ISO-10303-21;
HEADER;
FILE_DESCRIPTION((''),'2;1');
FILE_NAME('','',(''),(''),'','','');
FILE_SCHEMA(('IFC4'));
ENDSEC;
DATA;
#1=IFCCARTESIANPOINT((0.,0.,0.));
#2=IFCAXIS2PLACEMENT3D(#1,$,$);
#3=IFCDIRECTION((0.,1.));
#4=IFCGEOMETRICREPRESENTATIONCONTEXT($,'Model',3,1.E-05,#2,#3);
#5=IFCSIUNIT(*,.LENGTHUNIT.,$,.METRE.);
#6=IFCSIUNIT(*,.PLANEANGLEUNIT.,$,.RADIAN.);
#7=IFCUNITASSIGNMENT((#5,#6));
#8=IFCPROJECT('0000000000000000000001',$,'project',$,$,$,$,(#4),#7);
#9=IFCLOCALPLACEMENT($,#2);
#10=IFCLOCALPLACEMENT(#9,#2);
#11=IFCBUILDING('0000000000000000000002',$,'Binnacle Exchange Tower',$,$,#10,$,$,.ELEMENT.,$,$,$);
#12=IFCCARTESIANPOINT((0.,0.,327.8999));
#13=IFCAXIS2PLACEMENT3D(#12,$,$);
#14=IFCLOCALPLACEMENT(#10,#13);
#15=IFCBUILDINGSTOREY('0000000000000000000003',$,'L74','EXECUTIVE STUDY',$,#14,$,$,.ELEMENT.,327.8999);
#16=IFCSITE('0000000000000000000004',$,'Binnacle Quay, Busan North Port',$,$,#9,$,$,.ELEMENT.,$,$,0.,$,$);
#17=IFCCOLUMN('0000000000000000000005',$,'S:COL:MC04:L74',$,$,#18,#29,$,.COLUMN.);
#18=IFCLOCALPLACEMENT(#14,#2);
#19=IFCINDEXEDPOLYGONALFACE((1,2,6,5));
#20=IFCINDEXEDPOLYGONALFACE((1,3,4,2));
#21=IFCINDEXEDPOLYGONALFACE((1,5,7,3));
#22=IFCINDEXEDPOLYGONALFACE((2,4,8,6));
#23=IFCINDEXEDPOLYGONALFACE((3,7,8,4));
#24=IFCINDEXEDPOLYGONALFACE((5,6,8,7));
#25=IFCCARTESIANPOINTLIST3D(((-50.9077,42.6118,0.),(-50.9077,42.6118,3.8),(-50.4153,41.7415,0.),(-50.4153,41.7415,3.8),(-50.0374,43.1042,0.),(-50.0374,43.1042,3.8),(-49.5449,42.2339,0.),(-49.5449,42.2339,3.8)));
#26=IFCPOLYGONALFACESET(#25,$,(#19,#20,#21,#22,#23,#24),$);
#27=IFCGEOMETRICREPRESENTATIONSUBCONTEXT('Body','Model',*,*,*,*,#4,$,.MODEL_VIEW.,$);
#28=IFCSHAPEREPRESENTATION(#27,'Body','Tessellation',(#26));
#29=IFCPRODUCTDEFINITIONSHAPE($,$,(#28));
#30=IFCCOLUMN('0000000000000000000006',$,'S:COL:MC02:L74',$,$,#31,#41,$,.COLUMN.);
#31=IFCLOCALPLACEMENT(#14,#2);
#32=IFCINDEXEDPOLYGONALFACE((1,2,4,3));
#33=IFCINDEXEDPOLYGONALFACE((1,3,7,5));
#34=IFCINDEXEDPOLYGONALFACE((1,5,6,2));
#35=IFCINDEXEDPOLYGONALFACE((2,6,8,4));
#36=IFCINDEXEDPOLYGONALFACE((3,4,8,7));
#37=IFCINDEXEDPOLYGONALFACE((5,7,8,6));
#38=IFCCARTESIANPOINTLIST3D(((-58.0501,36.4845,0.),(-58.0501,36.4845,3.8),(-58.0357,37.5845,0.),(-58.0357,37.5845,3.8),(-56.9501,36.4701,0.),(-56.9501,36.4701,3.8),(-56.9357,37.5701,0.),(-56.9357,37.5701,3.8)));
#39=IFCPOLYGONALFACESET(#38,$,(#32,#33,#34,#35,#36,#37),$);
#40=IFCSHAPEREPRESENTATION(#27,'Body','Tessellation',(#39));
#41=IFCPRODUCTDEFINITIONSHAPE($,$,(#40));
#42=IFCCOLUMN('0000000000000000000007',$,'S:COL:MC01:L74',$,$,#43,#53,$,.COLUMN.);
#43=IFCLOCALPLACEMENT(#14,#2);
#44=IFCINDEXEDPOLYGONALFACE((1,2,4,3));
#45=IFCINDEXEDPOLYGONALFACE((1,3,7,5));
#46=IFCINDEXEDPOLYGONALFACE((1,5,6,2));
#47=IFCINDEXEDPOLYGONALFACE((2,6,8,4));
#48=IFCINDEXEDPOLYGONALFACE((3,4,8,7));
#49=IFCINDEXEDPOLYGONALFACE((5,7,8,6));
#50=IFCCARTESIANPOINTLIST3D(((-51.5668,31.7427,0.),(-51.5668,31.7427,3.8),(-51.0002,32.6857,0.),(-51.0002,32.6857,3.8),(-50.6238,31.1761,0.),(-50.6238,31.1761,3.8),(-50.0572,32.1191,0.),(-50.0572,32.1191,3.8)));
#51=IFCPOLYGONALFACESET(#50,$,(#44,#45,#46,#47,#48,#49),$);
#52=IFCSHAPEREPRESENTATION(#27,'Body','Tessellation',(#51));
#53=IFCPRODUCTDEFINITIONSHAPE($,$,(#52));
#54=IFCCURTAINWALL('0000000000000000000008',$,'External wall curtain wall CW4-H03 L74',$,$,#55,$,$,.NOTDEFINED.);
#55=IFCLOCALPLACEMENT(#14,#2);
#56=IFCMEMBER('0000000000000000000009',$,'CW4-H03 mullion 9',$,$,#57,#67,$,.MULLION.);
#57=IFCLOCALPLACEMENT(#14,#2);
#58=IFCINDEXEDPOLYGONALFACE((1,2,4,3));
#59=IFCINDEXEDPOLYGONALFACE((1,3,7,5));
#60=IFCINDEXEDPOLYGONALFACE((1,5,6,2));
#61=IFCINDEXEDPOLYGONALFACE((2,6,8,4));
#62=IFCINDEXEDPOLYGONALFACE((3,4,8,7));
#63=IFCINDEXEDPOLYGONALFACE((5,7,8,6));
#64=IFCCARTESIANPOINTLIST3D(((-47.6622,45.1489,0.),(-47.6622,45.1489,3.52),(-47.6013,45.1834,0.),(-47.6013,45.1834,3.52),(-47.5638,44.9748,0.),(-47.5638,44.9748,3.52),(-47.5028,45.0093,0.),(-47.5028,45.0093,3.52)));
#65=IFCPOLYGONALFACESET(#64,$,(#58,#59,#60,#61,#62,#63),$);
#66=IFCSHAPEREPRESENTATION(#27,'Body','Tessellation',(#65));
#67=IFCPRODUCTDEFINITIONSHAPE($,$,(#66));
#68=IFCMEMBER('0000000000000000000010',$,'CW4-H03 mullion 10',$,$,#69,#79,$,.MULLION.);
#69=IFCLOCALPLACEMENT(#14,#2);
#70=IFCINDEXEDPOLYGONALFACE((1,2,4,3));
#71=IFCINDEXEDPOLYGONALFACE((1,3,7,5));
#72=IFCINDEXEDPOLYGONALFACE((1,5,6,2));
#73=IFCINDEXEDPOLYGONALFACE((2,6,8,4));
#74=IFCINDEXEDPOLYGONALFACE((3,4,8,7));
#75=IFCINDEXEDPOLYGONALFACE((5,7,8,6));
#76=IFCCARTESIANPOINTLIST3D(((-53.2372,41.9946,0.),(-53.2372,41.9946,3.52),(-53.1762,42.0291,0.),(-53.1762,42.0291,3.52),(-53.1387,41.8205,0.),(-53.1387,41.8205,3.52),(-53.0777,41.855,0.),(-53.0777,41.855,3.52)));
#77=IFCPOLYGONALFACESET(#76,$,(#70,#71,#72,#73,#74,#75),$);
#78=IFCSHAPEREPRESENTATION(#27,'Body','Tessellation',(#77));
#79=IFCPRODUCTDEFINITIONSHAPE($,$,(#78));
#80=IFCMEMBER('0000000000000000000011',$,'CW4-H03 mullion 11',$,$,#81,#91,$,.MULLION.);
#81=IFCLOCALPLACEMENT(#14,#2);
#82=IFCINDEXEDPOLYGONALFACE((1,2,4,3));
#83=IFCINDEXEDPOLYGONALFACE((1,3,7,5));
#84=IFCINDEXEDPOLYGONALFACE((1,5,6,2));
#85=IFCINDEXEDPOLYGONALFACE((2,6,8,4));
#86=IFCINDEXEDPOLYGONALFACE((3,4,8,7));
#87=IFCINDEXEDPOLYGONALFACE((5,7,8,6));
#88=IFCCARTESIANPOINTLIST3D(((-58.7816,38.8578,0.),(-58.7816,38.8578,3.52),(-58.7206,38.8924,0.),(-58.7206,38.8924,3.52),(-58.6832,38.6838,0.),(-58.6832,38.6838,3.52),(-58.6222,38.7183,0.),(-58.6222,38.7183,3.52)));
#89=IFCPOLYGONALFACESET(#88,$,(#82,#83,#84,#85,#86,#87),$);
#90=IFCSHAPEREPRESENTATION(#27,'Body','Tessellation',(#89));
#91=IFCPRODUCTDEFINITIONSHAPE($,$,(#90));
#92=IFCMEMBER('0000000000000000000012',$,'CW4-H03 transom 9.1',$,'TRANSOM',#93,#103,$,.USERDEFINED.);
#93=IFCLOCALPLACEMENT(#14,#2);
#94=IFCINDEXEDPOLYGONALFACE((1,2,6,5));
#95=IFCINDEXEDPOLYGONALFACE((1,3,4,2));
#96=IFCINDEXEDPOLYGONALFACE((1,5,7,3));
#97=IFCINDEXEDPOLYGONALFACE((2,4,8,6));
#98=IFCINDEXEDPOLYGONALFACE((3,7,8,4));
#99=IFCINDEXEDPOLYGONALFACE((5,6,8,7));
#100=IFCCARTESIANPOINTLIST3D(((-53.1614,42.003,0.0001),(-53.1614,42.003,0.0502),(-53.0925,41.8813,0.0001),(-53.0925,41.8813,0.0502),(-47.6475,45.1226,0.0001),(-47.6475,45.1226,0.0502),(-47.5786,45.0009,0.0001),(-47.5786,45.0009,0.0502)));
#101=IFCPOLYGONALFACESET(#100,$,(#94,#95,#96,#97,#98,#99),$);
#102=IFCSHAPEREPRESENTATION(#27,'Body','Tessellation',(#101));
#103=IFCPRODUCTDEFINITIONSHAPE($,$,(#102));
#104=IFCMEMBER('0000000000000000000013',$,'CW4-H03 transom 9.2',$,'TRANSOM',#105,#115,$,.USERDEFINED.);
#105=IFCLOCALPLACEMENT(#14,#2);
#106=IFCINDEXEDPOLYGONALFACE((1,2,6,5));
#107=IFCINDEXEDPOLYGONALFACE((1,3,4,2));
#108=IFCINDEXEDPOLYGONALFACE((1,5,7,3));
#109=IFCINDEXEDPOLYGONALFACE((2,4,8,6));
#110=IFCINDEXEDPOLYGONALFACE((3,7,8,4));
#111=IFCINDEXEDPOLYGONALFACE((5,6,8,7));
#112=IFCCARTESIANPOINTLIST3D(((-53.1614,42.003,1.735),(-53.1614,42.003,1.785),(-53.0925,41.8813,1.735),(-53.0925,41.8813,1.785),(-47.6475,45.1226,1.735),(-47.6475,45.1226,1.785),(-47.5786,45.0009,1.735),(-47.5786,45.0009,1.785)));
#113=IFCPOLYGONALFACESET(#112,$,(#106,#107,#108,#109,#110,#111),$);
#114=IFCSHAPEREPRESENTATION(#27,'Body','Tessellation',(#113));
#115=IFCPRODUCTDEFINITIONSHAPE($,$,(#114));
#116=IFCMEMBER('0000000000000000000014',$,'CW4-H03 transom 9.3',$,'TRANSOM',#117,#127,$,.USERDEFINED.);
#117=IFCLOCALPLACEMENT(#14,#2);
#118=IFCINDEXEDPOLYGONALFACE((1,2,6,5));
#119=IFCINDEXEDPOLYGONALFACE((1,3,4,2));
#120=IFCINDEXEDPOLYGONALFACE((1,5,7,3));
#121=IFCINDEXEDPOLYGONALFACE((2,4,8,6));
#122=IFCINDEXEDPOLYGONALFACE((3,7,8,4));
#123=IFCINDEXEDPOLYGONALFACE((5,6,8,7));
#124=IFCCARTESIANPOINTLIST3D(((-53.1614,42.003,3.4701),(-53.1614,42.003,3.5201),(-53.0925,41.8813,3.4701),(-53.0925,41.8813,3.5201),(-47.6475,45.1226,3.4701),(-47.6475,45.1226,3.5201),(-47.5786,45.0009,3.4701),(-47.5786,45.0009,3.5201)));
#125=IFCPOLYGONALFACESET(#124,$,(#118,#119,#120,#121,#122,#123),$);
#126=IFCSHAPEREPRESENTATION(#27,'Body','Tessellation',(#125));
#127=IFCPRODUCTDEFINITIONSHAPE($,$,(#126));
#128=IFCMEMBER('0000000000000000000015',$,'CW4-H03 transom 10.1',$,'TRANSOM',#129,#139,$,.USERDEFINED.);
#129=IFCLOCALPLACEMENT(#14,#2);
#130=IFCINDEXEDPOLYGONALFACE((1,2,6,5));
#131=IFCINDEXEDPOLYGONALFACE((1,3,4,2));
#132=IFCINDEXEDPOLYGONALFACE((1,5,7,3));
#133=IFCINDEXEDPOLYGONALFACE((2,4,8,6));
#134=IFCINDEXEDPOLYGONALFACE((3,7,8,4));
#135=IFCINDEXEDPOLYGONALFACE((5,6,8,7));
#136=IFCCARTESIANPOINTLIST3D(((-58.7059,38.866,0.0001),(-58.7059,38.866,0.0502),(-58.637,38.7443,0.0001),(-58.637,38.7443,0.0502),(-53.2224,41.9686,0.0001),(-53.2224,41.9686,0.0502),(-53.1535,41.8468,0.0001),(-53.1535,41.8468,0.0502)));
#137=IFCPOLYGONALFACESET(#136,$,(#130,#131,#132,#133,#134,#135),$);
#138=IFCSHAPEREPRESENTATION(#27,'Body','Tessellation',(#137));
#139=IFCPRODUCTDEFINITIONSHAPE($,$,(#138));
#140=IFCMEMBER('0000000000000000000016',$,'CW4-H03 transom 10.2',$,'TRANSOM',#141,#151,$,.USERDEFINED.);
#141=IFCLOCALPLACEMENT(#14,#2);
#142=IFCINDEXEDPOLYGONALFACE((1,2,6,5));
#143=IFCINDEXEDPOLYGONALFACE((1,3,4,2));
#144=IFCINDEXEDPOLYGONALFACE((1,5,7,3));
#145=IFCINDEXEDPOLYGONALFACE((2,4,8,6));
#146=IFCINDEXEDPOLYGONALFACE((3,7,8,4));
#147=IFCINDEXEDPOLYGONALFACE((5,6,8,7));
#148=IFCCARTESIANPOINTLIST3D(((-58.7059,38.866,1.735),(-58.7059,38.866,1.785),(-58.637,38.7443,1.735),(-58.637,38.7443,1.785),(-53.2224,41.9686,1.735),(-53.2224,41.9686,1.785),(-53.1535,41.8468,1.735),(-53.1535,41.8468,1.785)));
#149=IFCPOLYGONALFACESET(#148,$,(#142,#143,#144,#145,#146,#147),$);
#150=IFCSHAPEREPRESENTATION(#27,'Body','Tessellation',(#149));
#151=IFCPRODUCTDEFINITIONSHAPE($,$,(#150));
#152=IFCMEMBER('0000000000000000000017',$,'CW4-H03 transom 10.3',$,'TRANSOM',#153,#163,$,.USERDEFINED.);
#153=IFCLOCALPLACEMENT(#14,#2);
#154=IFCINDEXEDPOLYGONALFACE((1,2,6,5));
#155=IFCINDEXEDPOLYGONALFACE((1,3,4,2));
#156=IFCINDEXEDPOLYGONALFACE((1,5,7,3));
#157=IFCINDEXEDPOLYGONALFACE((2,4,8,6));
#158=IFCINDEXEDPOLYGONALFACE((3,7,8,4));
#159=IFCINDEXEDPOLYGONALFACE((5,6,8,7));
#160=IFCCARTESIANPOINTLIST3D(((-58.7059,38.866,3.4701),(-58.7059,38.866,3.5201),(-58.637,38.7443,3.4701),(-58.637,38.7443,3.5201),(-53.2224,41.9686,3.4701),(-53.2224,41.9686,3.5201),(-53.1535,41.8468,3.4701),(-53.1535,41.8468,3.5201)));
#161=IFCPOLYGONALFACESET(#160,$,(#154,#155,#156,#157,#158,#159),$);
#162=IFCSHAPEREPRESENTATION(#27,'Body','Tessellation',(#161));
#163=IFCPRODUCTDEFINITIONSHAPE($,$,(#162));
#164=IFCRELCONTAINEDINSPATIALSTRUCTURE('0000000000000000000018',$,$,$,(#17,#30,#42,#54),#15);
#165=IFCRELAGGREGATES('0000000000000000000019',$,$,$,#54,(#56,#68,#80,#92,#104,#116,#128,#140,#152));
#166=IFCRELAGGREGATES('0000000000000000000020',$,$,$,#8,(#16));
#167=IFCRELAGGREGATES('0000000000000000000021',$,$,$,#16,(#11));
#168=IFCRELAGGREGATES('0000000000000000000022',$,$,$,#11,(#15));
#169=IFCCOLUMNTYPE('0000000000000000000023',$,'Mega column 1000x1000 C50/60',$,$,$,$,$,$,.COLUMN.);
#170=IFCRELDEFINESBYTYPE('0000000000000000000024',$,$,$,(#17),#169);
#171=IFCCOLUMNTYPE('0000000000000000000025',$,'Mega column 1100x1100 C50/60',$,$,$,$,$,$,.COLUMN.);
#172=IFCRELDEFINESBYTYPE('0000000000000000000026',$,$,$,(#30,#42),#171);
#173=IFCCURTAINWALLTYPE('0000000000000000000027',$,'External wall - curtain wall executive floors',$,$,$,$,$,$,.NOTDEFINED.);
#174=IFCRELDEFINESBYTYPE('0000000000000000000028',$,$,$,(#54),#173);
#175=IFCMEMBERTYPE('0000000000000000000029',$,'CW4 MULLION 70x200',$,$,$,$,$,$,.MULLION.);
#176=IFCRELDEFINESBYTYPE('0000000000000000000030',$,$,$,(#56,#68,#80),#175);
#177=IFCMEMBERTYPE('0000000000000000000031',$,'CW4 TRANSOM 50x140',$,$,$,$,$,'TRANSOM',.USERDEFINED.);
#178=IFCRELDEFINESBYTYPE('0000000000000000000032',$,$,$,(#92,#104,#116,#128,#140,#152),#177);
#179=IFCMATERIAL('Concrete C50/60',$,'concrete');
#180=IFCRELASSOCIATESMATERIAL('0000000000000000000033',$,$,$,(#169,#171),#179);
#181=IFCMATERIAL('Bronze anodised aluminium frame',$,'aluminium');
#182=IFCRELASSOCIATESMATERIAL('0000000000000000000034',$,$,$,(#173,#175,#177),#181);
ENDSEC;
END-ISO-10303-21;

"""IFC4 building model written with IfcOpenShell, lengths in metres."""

from ifc_helpers import new_model, si_unit, direction, frame, origin, origin_2d, place, context, subcontext, project, spatial, rectangle, extrude, material, material_profile, profile_set, type_object, element, aggregate, save


model = new_model("IFC4")

# Units and contexts
model_context = context("Model", 3, precision=1e-05, world=origin(), true_north=direction((0.0, 1.0)))
body_context = subcontext(model_context, "Body", "Model", "MODEL_VIEW")
ifc_project = project(units=[si_unit("LENGTHUNIT", "METRE"), si_unit("PLANEANGLEUNIT", "RADIAN")], contexts=[model_context])

# Site, building, storey
site_placement = place(None, origin())
site = spatial("IfcSite", under=ifc_project, at=site_placement, Name="Binnacle Quay, Busan North Port", CompositionType="ELEMENT", RefElevation=0.0)
building_placement = place(site_placement, origin())
building = spatial("IfcBuilding", under=site, at=building_placement, Name="Binnacle Exchange Tower", CompositionType="ELEMENT")
storey_placement = place(building_placement, frame((0.0, 0.0, 327.8999)))
storey = spatial("IfcBuildingStorey", under=building, at=storey_placement, Name="L74", Description="EXECUTIVE STUDY", CompositionType="ELEMENT", Elevation=327.8999)

# Columns
ifc_material_1 = material(Name="Concrete C50/60", Category="concrete")
ifc_material_profile_1 = material_profile(ifc_material_1, rectangle(XDim=1.0, YDim=1.0, at=origin_2d()), Name="Mega column 1000x1000 C50/60")
ifc_profile_set_1 = profile_set([ifc_material_profile_1], Name="Concrete C50/60")
column_type_1 = type_object("IfcColumnType", Name="Mega column 1000x1000 C50/60", PredefinedType="COLUMN", material=ifc_profile_set_1)
column_placement = place(storey_placement, frame((-50.2263, 42.4229, 0.0), z_axis=(0.0, 0.0, 1.0), x_axis=(-0.870356, -0.492424, 0.0)))
element("IfcColumn", 1, at=column_placement, inside=storey, type_object=column_type_1, Name="S:COL:MC04:L74", PredefinedType="COLUMN", context=body_context, shape_type="SweptSolid", body=[
    extrude(rectangle(XDim=1.0, YDim=1.0, at=origin_2d()), origin(), (0.0, 0.0, 1.0), 3.8),
])
ifc_material_profile_2 = material_profile(ifc_material_1, rectangle(XDim=1.1001, YDim=1.1001, at=origin_2d()), Name="Mega column 1100x1100 C50/60")
ifc_profile_set_2 = profile_set([ifc_material_profile_2], Name="Concrete C50/60")
column_type_2 = type_object("IfcColumnType", Name="Mega column 1100x1100 C50/60", PredefinedType="COLUMN", material=ifc_profile_set_2)
for number, where, z_axis, x_axis, name in (
    (2, (-57.4929, 37.0273, 0.0), (0.0, 0.0, 1.0), (-0.01309, -0.999914, 0.0), "S:COL:MC02:L74"),
    (3, (-50.812, 31.9309, 0.0), (0.0, 0.0, 1.0), (0.857167, -0.515038, 0.0), "S:COL:MC01:L74"),
):
    element("IfcColumn", number, at=place(storey_placement, frame(where, z_axis=z_axis, x_axis=x_axis)), inside=storey, type_object=column_type_2, Name=name, PredefinedType="COLUMN", context=body_context, shape_type="SweptSolid", body=[
        extrude(rectangle(XDim=1.1001, YDim=1.1001, at=origin_2d()), origin(), (0.0, 0.0, 1.0), 3.8),
    ])

# Curtain wall, members
ifc_material_2 = material(Name="Bronze anodised aluminium frame", Category="aluminium")
curtain_wall_type = type_object("IfcCurtainWallType", Name="External wall - curtain wall executive floors", PredefinedType="NOTDEFINED", material=ifc_material_2)
curtain_wall_placement = place(storey_placement, origin())
curtain_wall = element("IfcCurtainWall", 4, at=curtain_wall_placement, inside=storey, type_object=curtain_wall_type, Name="External wall curtain wall CW4-H03 L74", PredefinedType="NOTDEFINED")
ifc_material_profile_3 = material_profile(ifc_material_2, rectangle(XDim=0.2, YDim=0.0701, at=origin_2d()), Name="AL 70x200")
ifc_profile_set_3 = profile_set([ifc_material_profile_3], Name="Bronze anodised aluminium frame")
member_type_1 = type_object("IfcMemberType", Name="CW4 MULLION 70x200", PredefinedType="MULLION", material=ifc_profile_set_3)
member_1_placement = place(storey_placement, frame((-47.5825, 45.0791, 0.0), z_axis=(0.0, 0.0, 1.0), x_axis=(0.492424, -0.870356, 0.0)))
member_1 = element("IfcMember", 5, at=member_1_placement, type_object=member_type_1, Name="CW4-H03 mullion 9", PredefinedType="MULLION", context=body_context, shape_type="SweptSolid", body=[
    extrude(rectangle(XDim=0.2, YDim=0.0701, at=origin_2d()), origin(), (0.0, 0.0, 1.0), 3.52),
])
member_2_placement = place(storey_placement, frame((-53.1575, 41.9248, 0.0), z_axis=(0.0, 0.0, 1.0), x_axis=(0.492424, -0.870356, 0.0)))
member_2 = element("IfcMember", 6, at=member_2_placement, type_object=member_type_1, Name="CW4-H03 mullion 10", PredefinedType="MULLION", context=body_context, shape_type="SweptSolid", body=[
    extrude(rectangle(XDim=0.2, YDim=0.0701, at=origin_2d()), origin(), (0.0, 0.0, 1.0), 3.52),
])
member_3_placement = place(storey_placement, frame((-58.7019, 38.7881, 0.0), z_axis=(0.0, 0.0, 1.0), x_axis=(0.492424, -0.870356, 0.0)))
member_3 = element("IfcMember", 7, at=member_3_placement, type_object=member_type_1, Name="CW4-H03 mullion 11", PredefinedType="MULLION", context=body_context, shape_type="SweptSolid", body=[
    extrude(rectangle(XDim=0.2, YDim=0.0701, at=origin_2d()), origin(), (0.0, 0.0, 1.0), 3.52),
])
ifc_material_profile_4 = material_profile(ifc_material_2, rectangle(XDim=0.1399, YDim=0.05, at=origin_2d()), Name="AL 140x50")
ifc_profile_set_4 = profile_set([ifc_material_profile_4], Name="Bronze anodised aluminium frame")
member_type_2 = type_object("IfcMemberType", Name="CW4 TRANSOM 50x140", ElementType="TRANSOM", PredefinedType="USERDEFINED", material=ifc_profile_set_4)
member_4_placement = place(storey_placement, frame((-47.613, 45.0618, 0.0251), z_axis=(-0.870355, -0.492424, 0.0), x_axis=(0.492424, -0.870355, 0.0)))
member_4 = element("IfcMember", 8, at=member_4_placement, type_object=member_type_2, Name="CW4-H03 transom 9.1", ObjectType="TRANSOM", PredefinedType="USERDEFINED", context=body_context, shape_type="SweptSolid", body=[
    extrude(rectangle(XDim=0.1399, YDim=0.05, at=origin_2d()), origin(), (0.0, 0.0, 1.0), 6.3352),
])
member_5_placement = place(storey_placement, frame((-47.613, 45.0618, 1.76), z_axis=(-0.870355, -0.492424, 0.0), x_axis=(0.492424, -0.870355, 0.0)))
member_5 = element("IfcMember", 9, at=member_5_placement, type_object=member_type_2, Name="CW4-H03 transom 9.2", ObjectType="TRANSOM", PredefinedType="USERDEFINED", context=body_context, shape_type="SweptSolid", body=[
    extrude(rectangle(XDim=0.1399, YDim=0.05, at=origin_2d()), origin(), (0.0, 0.0, 1.0), 6.3352),
])
member_6_placement = place(storey_placement, frame((-47.613, 45.0618, 3.4951), z_axis=(-0.870355, -0.492424, 0.0), x_axis=(0.492424, -0.870355, 0.0)))
member_6 = element("IfcMember", 10, at=member_6_placement, type_object=member_type_2, Name="CW4-H03 transom 9.3", ObjectType="TRANSOM", PredefinedType="USERDEFINED", context=body_context, shape_type="SweptSolid", body=[
    extrude(rectangle(XDim=0.1399, YDim=0.05, at=origin_2d()), origin(), (0.0, 0.0, 1.0), 6.3352),
])
member_7_placement = place(storey_placement, frame((-53.188, 41.9077, 0.0251), z_axis=(-0.870343, -0.492445, 0.0), x_axis=(0.492445, -0.870343, 0.0)))
member_7 = element("IfcMember", 11, at=member_7_placement, type_object=member_type_2, Name="CW4-H03 transom 10.1", ObjectType="TRANSOM", PredefinedType="USERDEFINED", context=body_context, shape_type="SweptSolid", body=[
    extrude(rectangle(XDim=0.1399, YDim=0.05, at=origin_2d()), origin(), (0.0, 0.0, 1.0), 6.3003),
])
member_8_placement = place(storey_placement, frame((-53.188, 41.9077, 1.76), z_axis=(-0.870343, -0.492445, 0.0), x_axis=(0.492445, -0.870343, 0.0)))
member_8 = element("IfcMember", 12, at=member_8_placement, type_object=member_type_2, Name="CW4-H03 transom 10.2", ObjectType="TRANSOM", PredefinedType="USERDEFINED", context=body_context, shape_type="SweptSolid", body=[
    extrude(rectangle(XDim=0.1399, YDim=0.05, at=origin_2d()), origin(), (0.0, 0.0, 1.0), 6.3003),
])
member_9_placement = place(storey_placement, frame((-53.188, 41.9077, 3.4951), z_axis=(-0.870343, -0.492445, 0.0), x_axis=(0.492445, -0.870343, 0.0)))
member_9 = element("IfcMember", 13, at=member_9_placement, type_object=member_type_2, Name="CW4-H03 transom 10.3", ObjectType="TRANSOM", PredefinedType="USERDEFINED", context=body_context, shape_type="SweptSolid", body=[
    extrude(rectangle(XDim=0.1399, YDim=0.05, at=origin_2d()), origin(), (0.0, 0.0, 1.0), 6.3003),
])

aggregate(curtain_wall, [member_1, member_2, member_3, member_4, member_5, member_6, member_7, member_8, member_9])

save(model, "model.ifc")
